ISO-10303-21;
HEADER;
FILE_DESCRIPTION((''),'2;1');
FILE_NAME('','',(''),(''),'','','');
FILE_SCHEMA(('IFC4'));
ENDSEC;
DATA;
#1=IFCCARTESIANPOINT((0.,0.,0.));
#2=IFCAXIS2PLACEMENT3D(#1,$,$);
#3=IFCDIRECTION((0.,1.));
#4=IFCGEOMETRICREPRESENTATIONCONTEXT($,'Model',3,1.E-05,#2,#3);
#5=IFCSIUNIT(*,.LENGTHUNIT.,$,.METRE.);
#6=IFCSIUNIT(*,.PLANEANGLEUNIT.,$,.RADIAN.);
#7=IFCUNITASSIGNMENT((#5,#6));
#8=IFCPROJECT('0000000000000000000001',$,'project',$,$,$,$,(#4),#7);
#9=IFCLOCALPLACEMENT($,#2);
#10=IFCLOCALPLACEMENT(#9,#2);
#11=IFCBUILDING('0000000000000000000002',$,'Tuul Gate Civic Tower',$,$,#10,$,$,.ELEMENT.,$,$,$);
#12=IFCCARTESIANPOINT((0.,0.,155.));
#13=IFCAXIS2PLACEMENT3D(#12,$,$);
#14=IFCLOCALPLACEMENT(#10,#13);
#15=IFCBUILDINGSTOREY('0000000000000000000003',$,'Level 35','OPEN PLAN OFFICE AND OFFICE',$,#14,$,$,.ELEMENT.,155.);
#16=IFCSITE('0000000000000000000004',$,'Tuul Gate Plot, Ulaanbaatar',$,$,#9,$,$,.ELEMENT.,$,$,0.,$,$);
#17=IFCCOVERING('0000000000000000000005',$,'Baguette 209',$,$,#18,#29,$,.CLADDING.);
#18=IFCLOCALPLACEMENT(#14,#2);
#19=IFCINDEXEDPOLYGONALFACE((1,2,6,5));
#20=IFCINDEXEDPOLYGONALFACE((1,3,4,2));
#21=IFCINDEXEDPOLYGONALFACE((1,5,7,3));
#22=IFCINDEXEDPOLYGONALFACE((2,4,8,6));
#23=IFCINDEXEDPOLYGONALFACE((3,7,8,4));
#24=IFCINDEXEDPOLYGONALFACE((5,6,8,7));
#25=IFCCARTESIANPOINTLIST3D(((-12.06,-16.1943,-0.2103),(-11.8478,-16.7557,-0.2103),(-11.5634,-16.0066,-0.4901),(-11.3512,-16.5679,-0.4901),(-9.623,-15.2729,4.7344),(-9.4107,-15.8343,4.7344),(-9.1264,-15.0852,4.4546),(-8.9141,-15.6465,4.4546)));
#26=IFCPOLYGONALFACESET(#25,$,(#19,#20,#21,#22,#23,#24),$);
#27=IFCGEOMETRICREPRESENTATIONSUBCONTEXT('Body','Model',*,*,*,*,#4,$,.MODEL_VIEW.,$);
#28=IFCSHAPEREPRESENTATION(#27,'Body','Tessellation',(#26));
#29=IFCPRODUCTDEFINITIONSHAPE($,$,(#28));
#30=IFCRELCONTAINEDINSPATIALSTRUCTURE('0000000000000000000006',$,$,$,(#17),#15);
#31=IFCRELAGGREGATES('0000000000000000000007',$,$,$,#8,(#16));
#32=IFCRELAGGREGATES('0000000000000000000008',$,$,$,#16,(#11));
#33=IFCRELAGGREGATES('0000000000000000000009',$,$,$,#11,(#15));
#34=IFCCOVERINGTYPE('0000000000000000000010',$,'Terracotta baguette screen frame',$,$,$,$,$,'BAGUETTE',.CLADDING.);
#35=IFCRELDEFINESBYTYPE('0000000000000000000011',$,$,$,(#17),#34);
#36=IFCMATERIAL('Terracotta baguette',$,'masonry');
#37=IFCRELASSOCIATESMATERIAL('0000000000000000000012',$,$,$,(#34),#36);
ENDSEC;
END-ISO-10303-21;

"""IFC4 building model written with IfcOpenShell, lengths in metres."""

from ifc_helpers import new_model, si_unit, direction, frame, origin, origin_2d, place, context, subcontext, project, spatial, rectangle, extrude, material, material_profile, profile_set, type_object, element, save


model = new_model("IFC4")

# Units and contexts
model_context = context("Model", 3, precision=1e-05, world=origin(), true_north=direction((0.0, 1.0)))
body_context = subcontext(model_context, "Body", "Model", "MODEL_VIEW")
ifc_project = project(units=[si_unit("LENGTHUNIT", "METRE"), si_unit("PLANEANGLEUNIT", "RADIAN")], contexts=[model_context])

# Site, building, storey
site_placement = place(None, origin())
site = spatial("IfcSite", under=ifc_project, at=site_placement, Name="Tuul Gate Plot, Ulaanbaatar", CompositionType="ELEMENT", RefElevation=0.0)
building_placement = place(site_placement, origin())
building = spatial("IfcBuilding", under=site, at=building_placement, Name="Tuul Gate Civic Tower", CompositionType="ELEMENT")
storey_placement = place(building_placement, frame((0.0, 0.0, 155.0)))
storey = spatial("IfcBuildingStorey", under=building, at=storey_placement, Name="Level 35", Description="OPEN PLAN OFFICE AND OFFICE", CompositionType="ELEMENT", Elevation=155.0)

# Covering
ifc_material_1 = material(Name="Terracotta baguette", Category="masonry")
ifc_material_profile_1 = material_profile(ifc_material_1, rectangle(XDim=0.6001, YDim=0.6001, at=origin_2d()), Name="Terracotta baguette screen frame")
ifc_profile_set_1 = profile_set([ifc_material_profile_1], Name="Terracotta baguette")
covering_type = type_object("IfcCoveringType", Name="Terracotta baguette screen frame", ElementType="BAGUETTE", PredefinedType="CLADDING", material=ifc_profile_set_1)
covering_placement = place(storey_placement, frame((-9.2686, -15.4597, 4.5945), z_axis=(-0.436038, -0.164857, -0.8847), x_axis=(0.353648, -0.935378, 0.0)))
element("IfcCovering", 1, at=covering_placement, inside=storey, type_object=covering_type, Name="Baguette 209", PredefinedType="CLADDING", context=body_context, shape_type="SweptSolid", body=[
    extrude(rectangle(XDim=0.6001, YDim=0.6001, at=origin_2d()), origin(), (0.0, 0.0, 1.0), 5.5891),
])

save(model, "model.ifc")
